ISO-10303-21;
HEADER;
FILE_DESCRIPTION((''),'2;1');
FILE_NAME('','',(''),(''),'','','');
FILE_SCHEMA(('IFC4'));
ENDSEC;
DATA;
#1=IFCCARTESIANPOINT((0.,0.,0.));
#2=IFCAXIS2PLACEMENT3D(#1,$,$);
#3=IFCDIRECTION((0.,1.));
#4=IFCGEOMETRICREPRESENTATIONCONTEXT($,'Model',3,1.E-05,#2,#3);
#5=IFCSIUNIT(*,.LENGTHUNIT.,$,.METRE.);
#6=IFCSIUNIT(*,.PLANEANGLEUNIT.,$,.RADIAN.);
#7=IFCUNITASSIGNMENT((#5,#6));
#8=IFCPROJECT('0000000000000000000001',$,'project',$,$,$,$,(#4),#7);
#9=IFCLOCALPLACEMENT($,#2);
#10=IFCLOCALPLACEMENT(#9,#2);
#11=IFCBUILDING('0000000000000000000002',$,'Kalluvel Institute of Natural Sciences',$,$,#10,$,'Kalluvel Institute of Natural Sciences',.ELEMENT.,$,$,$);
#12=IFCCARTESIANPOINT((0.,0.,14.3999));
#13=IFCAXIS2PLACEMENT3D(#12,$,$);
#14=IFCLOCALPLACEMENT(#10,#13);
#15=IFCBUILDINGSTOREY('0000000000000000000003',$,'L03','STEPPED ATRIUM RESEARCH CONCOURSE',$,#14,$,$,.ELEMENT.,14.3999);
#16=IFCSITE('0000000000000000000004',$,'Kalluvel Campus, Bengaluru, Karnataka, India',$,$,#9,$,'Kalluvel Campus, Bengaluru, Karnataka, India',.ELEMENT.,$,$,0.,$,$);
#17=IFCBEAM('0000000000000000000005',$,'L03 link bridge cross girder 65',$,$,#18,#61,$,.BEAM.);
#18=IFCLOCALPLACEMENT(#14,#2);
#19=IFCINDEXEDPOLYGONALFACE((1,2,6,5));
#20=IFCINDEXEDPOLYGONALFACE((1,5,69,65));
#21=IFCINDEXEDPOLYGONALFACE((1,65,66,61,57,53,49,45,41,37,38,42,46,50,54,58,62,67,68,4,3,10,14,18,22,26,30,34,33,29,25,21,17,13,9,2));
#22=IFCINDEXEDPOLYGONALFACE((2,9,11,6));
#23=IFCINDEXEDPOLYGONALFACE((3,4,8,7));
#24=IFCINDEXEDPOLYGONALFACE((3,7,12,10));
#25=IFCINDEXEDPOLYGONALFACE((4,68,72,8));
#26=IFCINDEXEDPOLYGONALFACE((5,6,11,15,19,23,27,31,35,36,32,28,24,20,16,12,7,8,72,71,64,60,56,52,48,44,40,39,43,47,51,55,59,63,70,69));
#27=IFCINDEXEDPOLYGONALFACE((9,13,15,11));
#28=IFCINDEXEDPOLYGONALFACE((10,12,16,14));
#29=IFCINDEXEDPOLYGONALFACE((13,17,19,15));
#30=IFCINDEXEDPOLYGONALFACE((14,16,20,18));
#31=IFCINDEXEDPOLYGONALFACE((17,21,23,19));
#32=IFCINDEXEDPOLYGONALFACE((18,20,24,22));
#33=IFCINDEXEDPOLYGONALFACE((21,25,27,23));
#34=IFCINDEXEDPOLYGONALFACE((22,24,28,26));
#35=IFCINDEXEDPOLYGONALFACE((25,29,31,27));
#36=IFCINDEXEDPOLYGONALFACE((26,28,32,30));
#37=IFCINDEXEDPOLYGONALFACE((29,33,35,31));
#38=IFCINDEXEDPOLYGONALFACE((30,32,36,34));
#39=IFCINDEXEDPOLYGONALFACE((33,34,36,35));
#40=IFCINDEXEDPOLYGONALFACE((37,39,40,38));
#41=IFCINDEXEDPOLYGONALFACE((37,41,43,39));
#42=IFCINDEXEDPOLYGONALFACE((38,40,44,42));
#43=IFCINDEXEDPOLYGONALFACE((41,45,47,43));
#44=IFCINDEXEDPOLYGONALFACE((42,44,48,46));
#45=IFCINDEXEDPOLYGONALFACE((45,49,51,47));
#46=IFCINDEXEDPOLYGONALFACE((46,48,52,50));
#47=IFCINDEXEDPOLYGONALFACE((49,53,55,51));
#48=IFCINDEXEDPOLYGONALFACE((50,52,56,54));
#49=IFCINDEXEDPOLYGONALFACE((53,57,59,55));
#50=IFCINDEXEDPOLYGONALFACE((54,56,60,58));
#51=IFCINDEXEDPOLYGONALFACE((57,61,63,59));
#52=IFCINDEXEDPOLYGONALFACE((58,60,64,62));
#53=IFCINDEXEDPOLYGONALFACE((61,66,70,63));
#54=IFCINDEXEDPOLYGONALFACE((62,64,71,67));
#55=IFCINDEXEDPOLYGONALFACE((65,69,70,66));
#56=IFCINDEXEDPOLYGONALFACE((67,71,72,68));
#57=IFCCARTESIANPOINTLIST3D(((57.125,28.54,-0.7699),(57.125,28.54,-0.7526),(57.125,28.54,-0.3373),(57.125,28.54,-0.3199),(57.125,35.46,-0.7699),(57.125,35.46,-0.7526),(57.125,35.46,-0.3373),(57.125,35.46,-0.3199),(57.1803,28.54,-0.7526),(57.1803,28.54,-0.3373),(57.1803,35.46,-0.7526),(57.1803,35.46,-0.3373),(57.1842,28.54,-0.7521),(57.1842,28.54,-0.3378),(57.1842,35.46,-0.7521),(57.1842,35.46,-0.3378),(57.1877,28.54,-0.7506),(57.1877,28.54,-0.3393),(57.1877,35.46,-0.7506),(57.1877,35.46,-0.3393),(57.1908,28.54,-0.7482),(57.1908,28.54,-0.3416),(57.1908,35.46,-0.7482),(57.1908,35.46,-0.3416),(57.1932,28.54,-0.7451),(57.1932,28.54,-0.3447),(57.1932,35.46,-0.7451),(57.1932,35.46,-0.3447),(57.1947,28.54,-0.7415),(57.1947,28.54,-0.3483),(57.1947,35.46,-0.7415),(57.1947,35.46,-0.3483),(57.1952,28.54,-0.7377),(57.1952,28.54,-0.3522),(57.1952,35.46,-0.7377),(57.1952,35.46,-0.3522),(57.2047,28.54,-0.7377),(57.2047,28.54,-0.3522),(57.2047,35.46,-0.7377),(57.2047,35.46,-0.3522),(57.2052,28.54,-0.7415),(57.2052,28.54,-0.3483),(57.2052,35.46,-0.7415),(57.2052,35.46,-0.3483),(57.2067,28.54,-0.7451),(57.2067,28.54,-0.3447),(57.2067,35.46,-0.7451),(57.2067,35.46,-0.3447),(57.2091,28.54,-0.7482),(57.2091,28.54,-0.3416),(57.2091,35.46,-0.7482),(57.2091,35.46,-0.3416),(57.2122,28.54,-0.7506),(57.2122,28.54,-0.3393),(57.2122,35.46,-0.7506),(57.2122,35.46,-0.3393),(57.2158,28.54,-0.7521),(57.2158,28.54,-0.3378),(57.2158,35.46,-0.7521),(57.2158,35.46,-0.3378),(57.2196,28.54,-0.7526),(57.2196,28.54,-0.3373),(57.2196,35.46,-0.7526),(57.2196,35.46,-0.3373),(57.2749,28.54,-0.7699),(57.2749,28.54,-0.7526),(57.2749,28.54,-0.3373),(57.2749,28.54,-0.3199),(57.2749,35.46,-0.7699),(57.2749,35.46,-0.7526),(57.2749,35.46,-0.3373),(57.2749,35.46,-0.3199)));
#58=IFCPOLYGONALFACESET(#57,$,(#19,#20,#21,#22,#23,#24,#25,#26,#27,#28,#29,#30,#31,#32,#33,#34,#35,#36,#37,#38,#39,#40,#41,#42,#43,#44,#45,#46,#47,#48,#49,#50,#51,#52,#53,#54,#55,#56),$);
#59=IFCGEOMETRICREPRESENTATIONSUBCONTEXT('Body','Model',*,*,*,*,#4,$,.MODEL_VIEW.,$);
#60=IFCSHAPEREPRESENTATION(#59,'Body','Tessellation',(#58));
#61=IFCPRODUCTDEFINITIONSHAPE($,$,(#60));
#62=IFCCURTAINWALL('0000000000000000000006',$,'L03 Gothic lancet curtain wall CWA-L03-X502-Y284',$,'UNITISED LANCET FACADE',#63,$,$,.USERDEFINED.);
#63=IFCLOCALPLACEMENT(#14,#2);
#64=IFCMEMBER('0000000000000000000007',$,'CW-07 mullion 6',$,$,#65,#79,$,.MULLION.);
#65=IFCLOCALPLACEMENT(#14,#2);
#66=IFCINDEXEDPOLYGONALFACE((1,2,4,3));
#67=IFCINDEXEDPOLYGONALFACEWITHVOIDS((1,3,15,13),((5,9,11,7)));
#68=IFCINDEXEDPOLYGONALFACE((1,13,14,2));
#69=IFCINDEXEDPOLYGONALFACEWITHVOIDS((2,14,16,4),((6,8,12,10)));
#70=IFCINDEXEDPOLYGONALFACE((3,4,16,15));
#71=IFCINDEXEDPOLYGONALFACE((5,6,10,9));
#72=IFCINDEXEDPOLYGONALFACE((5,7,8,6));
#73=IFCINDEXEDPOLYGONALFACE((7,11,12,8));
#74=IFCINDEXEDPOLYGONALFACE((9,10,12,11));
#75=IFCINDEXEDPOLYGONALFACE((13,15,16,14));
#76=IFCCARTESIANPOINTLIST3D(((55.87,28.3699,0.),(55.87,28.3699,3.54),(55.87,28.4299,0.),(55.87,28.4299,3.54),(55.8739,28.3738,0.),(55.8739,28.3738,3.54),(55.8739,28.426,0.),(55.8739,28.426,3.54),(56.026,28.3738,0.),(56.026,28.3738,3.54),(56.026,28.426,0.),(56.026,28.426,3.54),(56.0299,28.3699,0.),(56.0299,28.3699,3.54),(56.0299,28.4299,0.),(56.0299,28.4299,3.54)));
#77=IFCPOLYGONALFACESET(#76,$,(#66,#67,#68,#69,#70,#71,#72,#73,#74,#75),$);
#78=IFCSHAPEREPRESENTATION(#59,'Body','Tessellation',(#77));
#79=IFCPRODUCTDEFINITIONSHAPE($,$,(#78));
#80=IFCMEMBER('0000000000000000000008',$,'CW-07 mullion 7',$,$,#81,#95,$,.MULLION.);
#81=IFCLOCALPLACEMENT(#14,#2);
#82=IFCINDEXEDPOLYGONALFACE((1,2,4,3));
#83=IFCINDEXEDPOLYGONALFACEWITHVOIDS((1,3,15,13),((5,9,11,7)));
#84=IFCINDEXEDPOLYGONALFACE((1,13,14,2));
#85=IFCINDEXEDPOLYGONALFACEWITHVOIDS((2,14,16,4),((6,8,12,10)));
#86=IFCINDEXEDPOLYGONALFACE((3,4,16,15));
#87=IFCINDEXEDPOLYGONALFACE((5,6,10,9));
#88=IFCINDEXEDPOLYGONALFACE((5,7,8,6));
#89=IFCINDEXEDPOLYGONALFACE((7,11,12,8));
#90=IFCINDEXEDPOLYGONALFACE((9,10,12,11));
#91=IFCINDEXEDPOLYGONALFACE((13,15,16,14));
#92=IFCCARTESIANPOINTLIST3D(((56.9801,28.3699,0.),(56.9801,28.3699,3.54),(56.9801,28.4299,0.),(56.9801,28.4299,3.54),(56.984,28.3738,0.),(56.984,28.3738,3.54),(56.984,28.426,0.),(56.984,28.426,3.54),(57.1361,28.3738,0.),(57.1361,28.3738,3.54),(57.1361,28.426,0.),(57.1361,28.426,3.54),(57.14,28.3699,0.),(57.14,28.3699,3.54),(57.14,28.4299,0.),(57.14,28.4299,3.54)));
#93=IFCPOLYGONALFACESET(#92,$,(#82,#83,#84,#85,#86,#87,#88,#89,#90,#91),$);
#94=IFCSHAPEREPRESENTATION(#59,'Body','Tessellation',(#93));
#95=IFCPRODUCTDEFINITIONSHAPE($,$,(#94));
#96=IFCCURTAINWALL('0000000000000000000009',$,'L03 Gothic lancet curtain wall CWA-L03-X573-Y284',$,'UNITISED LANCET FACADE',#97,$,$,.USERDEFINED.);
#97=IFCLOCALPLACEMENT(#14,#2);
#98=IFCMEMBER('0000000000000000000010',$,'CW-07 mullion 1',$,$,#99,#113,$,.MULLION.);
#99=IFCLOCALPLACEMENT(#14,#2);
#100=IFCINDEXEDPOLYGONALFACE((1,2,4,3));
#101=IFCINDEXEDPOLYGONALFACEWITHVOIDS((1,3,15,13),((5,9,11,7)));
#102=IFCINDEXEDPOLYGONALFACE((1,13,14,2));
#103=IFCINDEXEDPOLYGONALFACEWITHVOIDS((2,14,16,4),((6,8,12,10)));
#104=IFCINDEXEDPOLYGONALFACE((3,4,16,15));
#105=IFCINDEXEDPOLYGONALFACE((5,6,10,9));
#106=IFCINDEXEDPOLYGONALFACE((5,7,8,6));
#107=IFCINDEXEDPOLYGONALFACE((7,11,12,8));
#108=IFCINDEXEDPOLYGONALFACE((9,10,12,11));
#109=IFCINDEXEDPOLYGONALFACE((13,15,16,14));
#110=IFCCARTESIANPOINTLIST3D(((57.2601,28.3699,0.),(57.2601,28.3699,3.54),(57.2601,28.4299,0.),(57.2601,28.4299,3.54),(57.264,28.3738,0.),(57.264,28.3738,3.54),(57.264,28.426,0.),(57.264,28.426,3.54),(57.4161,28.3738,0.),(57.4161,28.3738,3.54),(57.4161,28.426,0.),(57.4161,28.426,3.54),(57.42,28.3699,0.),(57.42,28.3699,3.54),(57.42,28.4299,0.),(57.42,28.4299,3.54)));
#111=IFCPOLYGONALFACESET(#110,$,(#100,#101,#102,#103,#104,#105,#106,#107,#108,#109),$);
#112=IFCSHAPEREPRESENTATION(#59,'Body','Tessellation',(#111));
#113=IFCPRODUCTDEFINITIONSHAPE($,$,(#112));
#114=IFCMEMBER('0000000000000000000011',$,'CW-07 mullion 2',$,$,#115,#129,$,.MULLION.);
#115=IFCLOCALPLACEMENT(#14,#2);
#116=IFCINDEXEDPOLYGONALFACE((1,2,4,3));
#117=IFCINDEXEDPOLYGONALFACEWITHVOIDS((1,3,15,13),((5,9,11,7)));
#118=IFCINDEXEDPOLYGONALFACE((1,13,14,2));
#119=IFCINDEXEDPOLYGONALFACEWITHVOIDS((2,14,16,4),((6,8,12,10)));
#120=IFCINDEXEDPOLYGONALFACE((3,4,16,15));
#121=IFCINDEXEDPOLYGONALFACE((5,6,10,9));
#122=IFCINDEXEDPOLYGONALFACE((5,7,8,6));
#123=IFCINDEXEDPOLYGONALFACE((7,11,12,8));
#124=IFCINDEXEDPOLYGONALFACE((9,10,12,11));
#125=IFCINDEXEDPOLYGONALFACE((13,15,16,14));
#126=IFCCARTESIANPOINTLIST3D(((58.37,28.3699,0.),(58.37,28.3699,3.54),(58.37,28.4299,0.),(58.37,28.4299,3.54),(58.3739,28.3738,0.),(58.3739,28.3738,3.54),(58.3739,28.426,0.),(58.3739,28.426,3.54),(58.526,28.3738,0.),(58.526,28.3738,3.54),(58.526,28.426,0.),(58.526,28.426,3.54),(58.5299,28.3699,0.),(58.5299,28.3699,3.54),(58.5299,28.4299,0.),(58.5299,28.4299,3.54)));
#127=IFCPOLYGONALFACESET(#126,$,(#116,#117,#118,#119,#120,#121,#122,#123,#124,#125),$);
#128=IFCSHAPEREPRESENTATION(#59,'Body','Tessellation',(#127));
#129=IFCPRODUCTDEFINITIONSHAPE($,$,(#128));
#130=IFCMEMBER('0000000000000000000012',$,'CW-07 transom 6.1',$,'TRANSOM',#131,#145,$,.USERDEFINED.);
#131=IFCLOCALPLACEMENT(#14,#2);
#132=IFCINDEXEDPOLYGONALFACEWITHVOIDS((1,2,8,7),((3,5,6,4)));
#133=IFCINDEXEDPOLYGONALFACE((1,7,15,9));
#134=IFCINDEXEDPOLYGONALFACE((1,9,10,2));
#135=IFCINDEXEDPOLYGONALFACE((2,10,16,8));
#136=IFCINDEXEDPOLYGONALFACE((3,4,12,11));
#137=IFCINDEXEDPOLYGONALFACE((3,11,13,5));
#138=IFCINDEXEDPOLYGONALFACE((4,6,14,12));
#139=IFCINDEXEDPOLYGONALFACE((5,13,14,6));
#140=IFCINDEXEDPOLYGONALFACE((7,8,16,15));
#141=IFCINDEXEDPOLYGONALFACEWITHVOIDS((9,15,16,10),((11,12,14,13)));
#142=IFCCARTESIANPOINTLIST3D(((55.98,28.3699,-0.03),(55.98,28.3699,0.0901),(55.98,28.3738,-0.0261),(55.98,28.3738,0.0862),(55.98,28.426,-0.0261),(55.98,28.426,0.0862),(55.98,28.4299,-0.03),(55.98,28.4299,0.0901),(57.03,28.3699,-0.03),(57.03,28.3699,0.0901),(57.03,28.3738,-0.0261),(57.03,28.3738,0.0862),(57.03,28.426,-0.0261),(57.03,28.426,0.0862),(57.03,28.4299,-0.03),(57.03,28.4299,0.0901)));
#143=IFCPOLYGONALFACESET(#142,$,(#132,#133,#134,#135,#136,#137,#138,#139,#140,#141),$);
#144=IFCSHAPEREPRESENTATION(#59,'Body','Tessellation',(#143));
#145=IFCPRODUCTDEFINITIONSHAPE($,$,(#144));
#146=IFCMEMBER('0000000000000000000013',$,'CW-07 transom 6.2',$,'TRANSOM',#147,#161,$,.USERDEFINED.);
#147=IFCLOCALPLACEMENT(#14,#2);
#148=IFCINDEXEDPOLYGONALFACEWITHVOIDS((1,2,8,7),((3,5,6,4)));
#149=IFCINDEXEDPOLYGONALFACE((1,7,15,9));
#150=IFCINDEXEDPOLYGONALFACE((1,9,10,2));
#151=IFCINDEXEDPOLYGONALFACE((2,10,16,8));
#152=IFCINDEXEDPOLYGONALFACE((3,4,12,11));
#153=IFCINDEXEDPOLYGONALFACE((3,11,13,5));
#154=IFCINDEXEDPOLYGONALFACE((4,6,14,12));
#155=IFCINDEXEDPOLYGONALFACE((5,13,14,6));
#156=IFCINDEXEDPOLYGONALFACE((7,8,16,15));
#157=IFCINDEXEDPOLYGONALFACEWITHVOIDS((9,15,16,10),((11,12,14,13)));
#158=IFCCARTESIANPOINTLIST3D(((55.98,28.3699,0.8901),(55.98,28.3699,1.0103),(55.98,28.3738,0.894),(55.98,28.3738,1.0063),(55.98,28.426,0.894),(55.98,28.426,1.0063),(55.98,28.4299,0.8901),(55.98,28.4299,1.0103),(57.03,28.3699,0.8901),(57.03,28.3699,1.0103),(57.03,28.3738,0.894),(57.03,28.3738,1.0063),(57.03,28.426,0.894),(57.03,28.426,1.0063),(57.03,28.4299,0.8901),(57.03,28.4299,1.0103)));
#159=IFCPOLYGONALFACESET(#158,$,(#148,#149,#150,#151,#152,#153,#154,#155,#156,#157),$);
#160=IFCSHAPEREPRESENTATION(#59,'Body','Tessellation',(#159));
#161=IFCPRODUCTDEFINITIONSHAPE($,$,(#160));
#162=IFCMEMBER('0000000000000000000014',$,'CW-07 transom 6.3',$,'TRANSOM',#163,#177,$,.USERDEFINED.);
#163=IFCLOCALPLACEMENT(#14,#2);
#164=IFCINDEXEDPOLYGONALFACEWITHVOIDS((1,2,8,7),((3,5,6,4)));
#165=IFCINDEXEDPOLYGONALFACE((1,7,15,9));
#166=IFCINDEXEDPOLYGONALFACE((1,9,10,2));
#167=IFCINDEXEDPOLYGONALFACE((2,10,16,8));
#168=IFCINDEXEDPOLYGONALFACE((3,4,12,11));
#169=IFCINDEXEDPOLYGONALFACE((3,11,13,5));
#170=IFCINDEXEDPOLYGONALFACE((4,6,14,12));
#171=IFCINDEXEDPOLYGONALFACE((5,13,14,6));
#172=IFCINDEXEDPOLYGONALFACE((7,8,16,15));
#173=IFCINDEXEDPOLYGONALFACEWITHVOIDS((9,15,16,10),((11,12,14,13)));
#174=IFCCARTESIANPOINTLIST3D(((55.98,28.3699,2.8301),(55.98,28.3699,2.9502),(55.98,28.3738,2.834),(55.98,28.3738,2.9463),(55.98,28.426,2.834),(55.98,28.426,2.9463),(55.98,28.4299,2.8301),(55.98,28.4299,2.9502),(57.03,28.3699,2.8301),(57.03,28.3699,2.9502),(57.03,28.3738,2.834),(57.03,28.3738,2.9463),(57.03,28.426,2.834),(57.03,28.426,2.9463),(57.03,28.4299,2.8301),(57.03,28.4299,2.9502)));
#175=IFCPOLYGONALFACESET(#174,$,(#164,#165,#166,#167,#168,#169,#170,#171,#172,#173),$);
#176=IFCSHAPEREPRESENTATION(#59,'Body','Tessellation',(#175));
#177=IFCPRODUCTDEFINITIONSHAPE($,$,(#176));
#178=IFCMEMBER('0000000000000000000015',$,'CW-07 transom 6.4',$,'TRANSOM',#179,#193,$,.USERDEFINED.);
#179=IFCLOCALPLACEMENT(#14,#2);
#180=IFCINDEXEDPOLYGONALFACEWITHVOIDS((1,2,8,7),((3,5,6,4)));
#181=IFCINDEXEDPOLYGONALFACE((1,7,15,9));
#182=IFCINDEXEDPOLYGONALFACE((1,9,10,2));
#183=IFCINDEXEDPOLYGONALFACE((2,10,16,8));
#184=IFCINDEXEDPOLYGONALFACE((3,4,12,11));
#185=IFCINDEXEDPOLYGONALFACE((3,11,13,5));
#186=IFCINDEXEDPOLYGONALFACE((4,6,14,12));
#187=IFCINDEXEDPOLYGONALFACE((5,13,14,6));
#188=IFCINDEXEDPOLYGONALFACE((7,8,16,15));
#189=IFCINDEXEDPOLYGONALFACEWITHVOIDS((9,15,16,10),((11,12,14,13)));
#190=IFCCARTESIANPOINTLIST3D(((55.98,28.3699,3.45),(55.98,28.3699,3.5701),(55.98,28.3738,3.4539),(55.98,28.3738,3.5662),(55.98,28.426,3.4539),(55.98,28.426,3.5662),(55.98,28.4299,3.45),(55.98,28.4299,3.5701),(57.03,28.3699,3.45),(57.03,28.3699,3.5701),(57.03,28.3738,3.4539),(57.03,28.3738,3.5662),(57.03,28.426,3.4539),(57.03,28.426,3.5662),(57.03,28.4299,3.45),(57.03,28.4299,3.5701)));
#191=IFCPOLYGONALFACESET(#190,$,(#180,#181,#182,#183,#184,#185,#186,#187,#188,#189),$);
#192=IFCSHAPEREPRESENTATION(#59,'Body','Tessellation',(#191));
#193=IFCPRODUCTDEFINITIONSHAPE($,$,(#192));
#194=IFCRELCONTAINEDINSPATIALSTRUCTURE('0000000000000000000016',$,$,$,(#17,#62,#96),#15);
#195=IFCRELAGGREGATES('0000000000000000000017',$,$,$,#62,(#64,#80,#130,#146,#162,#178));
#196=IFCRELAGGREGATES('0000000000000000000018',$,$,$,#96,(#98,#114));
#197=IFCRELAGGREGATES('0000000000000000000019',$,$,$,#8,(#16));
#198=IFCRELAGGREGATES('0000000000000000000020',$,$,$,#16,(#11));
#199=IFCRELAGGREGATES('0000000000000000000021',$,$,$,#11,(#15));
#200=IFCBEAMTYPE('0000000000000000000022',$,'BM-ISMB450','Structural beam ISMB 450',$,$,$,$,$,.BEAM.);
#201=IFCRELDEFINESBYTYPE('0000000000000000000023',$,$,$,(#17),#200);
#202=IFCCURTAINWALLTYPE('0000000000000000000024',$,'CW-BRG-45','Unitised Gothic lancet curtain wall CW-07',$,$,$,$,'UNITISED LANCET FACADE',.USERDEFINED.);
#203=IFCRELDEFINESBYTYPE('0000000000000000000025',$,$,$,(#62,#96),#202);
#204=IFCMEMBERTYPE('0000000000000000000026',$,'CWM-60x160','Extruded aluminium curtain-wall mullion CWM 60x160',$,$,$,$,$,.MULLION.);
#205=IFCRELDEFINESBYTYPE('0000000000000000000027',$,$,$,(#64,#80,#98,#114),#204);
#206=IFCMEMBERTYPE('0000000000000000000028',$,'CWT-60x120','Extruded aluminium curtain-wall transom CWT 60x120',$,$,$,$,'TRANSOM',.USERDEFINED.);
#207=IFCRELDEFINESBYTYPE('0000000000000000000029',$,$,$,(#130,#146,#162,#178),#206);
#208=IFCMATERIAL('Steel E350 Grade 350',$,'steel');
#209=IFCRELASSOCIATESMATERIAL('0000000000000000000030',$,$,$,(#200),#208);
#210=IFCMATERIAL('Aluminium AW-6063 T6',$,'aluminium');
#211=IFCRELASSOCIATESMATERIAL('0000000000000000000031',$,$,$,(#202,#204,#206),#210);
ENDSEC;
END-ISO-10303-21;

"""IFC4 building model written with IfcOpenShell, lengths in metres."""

from ifc_helpers import new_model, si_unit, direction, frame, origin, origin_2d, place, context, subcontext, project, spatial, hollow_rectangle, i_section, extrude, material, material_profile, profile_set, type_object, element, aggregate, save


model = new_model("IFC4")

# Units and contexts
model_context = context("Model", 3, precision=1e-05, world=origin(), true_north=direction((0.0, 1.0)))
body_context = subcontext(model_context, "Body", "Model", "MODEL_VIEW")
ifc_project = project(units=[si_unit("LENGTHUNIT", "METRE"), si_unit("PLANEANGLEUNIT", "RADIAN")], contexts=[model_context])

# Site, building, storey
site_placement = place(None, origin())
site = spatial("IfcSite", under=ifc_project, at=site_placement, Name="Kalluvel Campus, Bengaluru, Karnataka, India", LongName="Kalluvel Campus, Bengaluru, Karnataka, India", CompositionType="ELEMENT", RefElevation=0.0)
building_placement = place(site_placement, origin())
building = spatial("IfcBuilding", under=site, at=building_placement, Name="Kalluvel Institute of Natural Sciences", LongName="Kalluvel Institute of Natural Sciences", CompositionType="ELEMENT")
storey_placement = place(building_placement, frame((0.0, 0.0, 14.3999)))
storey = spatial("IfcBuildingStorey", under=building, at=storey_placement, Name="L03", Description="STEPPED ATRIUM RESEARCH CONCOURSE", CompositionType="ELEMENT", Elevation=14.3999)

# Beam
ifc_material_1 = material(Name="Steel E350 Grade 350", Category="steel")
ifc_material_profile_1 = material_profile(ifc_material_1, i_section(OverallWidth=0.1499, OverallDepth=0.45, WebThickness=0.0095, FlangeThickness=0.0173, FilletRadius=0.0149, at=origin_2d()), Name="ISMB 450")
ifc_profile_set_1 = profile_set([ifc_material_profile_1], Name="Steel E350 Grade 350")
beam_type = type_object("IfcBeamType", Name="BM-ISMB450", Description="Structural beam ISMB 450", PredefinedType="BEAM", material=ifc_profile_set_1)
beam_placement = place(storey_placement, frame((57.2, 28.54, -0.5449), z_axis=(0.0, 1.0, 0.0), x_axis=(-1.0, 0.0, 0.0)))
element("IfcBeam", 1, at=beam_placement, inside=storey, type_object=beam_type, Name="L03 link bridge cross girder 65", PredefinedType="BEAM", context=body_context, shape_type="SweptSolid", body=[
    extrude(i_section(OverallWidth=0.1499, OverallDepth=0.45, WebThickness=0.0095, FlangeThickness=0.0173, FilletRadius=0.0149, at=origin_2d()), origin(), (0.0, 0.0, 1.0), 6.9199),
])

# Curtain walls, members
ifc_material_2 = material(Name="Aluminium AW-6063 T6", Category="aluminium")
curtain_wall_type = type_object("IfcCurtainWallType", Name="CW-BRG-45", Description="Unitised Gothic lancet curtain wall CW-07", ElementType="UNITISED LANCET FACADE", PredefinedType="USERDEFINED", material=ifc_material_2)
curtain_wall_1_placement = place(storey_placement, origin())
curtain_wall_1 = element("IfcCurtainWall", 2, at=curtain_wall_1_placement, inside=storey, type_object=curtain_wall_type, Name="L03 Gothic lancet curtain wall CWA-L03-X502-Y284", ObjectType="UNITISED LANCET FACADE", PredefinedType="USERDEFINED")
ifc_material_profile_2 = material_profile(ifc_material_2, hollow_rectangle(XDim=0.0601, YDim=0.1599, WallThickness=0.0039, at=origin_2d()), Name="CWM 60x160")
ifc_profile_set_2 = profile_set([ifc_material_profile_2], Name="Aluminium AW-6063 T6")
member_type_1 = type_object("IfcMemberType", Name="CWM-60x160", Description="Extruded aluminium curtain-wall mullion CWM 60x160", PredefinedType="MULLION", material=ifc_profile_set_2)
member_1_placement = place(storey_placement, frame((55.95, 28.3999, 0.0), z_axis=(0.0, 0.0, 1.0), x_axis=(0.0, 1.0, 0.0)))
member_1 = element("IfcMember", 3, at=member_1_placement, type_object=member_type_1, Name="CW-07 mullion 6", PredefinedType="MULLION", context=body_context, shape_type="SweptSolid", body=[
    extrude(hollow_rectangle(XDim=0.0601, YDim=0.1599, WallThickness=0.0039, at=origin_2d()), origin(), (0.0, 0.0, 1.0), 3.54),
])
member_2_placement = place(storey_placement, frame((57.0601, 28.3999, 0.0), z_axis=(0.0, 0.0, 1.0), x_axis=(0.0, 1.0, 0.0)))
member_2 = element("IfcMember", 4, at=member_2_placement, type_object=member_type_1, Name="CW-07 mullion 7", PredefinedType="MULLION", context=body_context, shape_type="SweptSolid", body=[
    extrude(hollow_rectangle(XDim=0.0601, YDim=0.1599, WallThickness=0.0039, at=origin_2d()), origin(), (0.0, 0.0, 1.0), 3.54),
])
curtain_wall_2_placement = place(storey_placement, origin())
curtain_wall_2 = element("IfcCurtainWall", 5, at=curtain_wall_2_placement, inside=storey, type_object=curtain_wall_type, Name="L03 Gothic lancet curtain wall CWA-L03-X573-Y284", ObjectType="UNITISED LANCET FACADE", PredefinedType="USERDEFINED")
member_3_placement = place(storey_placement, frame((57.3401, 28.3999, 0.0), z_axis=(0.0, 0.0, 1.0), x_axis=(0.0, 1.0, 0.0)))
member_3 = element("IfcMember", 6, at=member_3_placement, type_object=member_type_1, Name="CW-07 mullion 1", PredefinedType="MULLION", context=body_context, shape_type="SweptSolid", body=[
    extrude(hollow_rectangle(XDim=0.0601, YDim=0.1599, WallThickness=0.0039, at=origin_2d()), origin(), (0.0, 0.0, 1.0), 3.54),
])
member_4_placement = place(storey_placement, frame((58.45, 28.3999, 0.0), z_axis=(0.0, 0.0, 1.0), x_axis=(0.0, 1.0, 0.0)))
member_4 = element("IfcMember", 7, at=member_4_placement, type_object=member_type_1, Name="CW-07 mullion 2", PredefinedType="MULLION", context=body_context, shape_type="SweptSolid", body=[
    extrude(hollow_rectangle(XDim=0.0601, YDim=0.1599, WallThickness=0.0039, at=origin_2d()), origin(), (0.0, 0.0, 1.0), 3.54),
])

# Members
ifc_material_profile_3 = material_profile(ifc_material_2, hollow_rectangle(XDim=0.0601, YDim=0.1201, WallThickness=0.0039, at=origin_2d()), Name="CWT 60x120")
ifc_profile_set_3 = profile_set([ifc_material_profile_3], Name="Aluminium AW-6063 T6")
member_type_2 = type_object("IfcMemberType", Name="CWT-60x120", Description="Extruded aluminium curtain-wall transom CWT 60x120", ElementType="TRANSOM", PredefinedType="USERDEFINED", material=ifc_profile_set_3)
member_5_placement = place(storey_placement, frame((55.98, 28.3999, 0.03), z_axis=(1.0, 0.0, 0.0), x_axis=(0.0, 1.0, 0.0)))
member_5 = element("IfcMember", 8, at=member_5_placement, type_object=member_type_2, Name="CW-07 transom 6.1", ObjectType="TRANSOM", PredefinedType="USERDEFINED", context=body_context, shape_type="SweptSolid", body=[
    extrude(hollow_rectangle(XDim=0.0601, YDim=0.1201, WallThickness=0.0039, at=origin_2d()), origin(), (0.0, 0.0, 1.0), 1.05),
])
member_6_placement = place(storey_placement, frame((55.98, 28.3999, 0.9502), z_axis=(1.0, 0.0, 0.0), x_axis=(0.0, 1.0, 0.0)))
member_6 = element("IfcMember", 9, at=member_6_placement, type_object=member_type_2, Name="CW-07 transom 6.2", ObjectType="TRANSOM", PredefinedType="USERDEFINED", context=body_context, shape_type="SweptSolid", body=[
    extrude(hollow_rectangle(XDim=0.0601, YDim=0.1201, WallThickness=0.0039, at=origin_2d()), origin(), (0.0, 0.0, 1.0), 1.05),
])
member_7_placement = place(storey_placement, frame((55.98, 28.3999, 2.8901), z_axis=(1.0, 0.0, 0.0), x_axis=(0.0, 1.0, 0.0)))
member_7 = element("IfcMember", 10, at=member_7_placement, type_object=member_type_2, Name="CW-07 transom 6.3", ObjectType="TRANSOM", PredefinedType="USERDEFINED", context=body_context, shape_type="SweptSolid", body=[
    extrude(hollow_rectangle(XDim=0.0601, YDim=0.1201, WallThickness=0.0039, at=origin_2d()), origin(), (0.0, 0.0, 1.0), 1.05),
])
member_8_placement = place(storey_placement, frame((55.98, 28.3999, 3.51), z_axis=(1.0, 0.0, 0.0), x_axis=(0.0, 1.0, 0.0)))
member_8 = element("IfcMember", 11, at=member_8_placement, type_object=member_type_2, Name="CW-07 transom 6.4", ObjectType="TRANSOM", PredefinedType="USERDEFINED", context=body_context, shape_type="SweptSolid", body=[
    extrude(hollow_rectangle(XDim=0.0601, YDim=0.1201, WallThickness=0.0039, at=origin_2d()), origin(), (0.0, 0.0, 1.0), 1.05),
])

aggregate(curtain_wall_1, [member_1, member_2, member_5, member_6, member_7, member_8])
aggregate(curtain_wall_2, [member_3, member_4])

save(model, "model.ifc")
